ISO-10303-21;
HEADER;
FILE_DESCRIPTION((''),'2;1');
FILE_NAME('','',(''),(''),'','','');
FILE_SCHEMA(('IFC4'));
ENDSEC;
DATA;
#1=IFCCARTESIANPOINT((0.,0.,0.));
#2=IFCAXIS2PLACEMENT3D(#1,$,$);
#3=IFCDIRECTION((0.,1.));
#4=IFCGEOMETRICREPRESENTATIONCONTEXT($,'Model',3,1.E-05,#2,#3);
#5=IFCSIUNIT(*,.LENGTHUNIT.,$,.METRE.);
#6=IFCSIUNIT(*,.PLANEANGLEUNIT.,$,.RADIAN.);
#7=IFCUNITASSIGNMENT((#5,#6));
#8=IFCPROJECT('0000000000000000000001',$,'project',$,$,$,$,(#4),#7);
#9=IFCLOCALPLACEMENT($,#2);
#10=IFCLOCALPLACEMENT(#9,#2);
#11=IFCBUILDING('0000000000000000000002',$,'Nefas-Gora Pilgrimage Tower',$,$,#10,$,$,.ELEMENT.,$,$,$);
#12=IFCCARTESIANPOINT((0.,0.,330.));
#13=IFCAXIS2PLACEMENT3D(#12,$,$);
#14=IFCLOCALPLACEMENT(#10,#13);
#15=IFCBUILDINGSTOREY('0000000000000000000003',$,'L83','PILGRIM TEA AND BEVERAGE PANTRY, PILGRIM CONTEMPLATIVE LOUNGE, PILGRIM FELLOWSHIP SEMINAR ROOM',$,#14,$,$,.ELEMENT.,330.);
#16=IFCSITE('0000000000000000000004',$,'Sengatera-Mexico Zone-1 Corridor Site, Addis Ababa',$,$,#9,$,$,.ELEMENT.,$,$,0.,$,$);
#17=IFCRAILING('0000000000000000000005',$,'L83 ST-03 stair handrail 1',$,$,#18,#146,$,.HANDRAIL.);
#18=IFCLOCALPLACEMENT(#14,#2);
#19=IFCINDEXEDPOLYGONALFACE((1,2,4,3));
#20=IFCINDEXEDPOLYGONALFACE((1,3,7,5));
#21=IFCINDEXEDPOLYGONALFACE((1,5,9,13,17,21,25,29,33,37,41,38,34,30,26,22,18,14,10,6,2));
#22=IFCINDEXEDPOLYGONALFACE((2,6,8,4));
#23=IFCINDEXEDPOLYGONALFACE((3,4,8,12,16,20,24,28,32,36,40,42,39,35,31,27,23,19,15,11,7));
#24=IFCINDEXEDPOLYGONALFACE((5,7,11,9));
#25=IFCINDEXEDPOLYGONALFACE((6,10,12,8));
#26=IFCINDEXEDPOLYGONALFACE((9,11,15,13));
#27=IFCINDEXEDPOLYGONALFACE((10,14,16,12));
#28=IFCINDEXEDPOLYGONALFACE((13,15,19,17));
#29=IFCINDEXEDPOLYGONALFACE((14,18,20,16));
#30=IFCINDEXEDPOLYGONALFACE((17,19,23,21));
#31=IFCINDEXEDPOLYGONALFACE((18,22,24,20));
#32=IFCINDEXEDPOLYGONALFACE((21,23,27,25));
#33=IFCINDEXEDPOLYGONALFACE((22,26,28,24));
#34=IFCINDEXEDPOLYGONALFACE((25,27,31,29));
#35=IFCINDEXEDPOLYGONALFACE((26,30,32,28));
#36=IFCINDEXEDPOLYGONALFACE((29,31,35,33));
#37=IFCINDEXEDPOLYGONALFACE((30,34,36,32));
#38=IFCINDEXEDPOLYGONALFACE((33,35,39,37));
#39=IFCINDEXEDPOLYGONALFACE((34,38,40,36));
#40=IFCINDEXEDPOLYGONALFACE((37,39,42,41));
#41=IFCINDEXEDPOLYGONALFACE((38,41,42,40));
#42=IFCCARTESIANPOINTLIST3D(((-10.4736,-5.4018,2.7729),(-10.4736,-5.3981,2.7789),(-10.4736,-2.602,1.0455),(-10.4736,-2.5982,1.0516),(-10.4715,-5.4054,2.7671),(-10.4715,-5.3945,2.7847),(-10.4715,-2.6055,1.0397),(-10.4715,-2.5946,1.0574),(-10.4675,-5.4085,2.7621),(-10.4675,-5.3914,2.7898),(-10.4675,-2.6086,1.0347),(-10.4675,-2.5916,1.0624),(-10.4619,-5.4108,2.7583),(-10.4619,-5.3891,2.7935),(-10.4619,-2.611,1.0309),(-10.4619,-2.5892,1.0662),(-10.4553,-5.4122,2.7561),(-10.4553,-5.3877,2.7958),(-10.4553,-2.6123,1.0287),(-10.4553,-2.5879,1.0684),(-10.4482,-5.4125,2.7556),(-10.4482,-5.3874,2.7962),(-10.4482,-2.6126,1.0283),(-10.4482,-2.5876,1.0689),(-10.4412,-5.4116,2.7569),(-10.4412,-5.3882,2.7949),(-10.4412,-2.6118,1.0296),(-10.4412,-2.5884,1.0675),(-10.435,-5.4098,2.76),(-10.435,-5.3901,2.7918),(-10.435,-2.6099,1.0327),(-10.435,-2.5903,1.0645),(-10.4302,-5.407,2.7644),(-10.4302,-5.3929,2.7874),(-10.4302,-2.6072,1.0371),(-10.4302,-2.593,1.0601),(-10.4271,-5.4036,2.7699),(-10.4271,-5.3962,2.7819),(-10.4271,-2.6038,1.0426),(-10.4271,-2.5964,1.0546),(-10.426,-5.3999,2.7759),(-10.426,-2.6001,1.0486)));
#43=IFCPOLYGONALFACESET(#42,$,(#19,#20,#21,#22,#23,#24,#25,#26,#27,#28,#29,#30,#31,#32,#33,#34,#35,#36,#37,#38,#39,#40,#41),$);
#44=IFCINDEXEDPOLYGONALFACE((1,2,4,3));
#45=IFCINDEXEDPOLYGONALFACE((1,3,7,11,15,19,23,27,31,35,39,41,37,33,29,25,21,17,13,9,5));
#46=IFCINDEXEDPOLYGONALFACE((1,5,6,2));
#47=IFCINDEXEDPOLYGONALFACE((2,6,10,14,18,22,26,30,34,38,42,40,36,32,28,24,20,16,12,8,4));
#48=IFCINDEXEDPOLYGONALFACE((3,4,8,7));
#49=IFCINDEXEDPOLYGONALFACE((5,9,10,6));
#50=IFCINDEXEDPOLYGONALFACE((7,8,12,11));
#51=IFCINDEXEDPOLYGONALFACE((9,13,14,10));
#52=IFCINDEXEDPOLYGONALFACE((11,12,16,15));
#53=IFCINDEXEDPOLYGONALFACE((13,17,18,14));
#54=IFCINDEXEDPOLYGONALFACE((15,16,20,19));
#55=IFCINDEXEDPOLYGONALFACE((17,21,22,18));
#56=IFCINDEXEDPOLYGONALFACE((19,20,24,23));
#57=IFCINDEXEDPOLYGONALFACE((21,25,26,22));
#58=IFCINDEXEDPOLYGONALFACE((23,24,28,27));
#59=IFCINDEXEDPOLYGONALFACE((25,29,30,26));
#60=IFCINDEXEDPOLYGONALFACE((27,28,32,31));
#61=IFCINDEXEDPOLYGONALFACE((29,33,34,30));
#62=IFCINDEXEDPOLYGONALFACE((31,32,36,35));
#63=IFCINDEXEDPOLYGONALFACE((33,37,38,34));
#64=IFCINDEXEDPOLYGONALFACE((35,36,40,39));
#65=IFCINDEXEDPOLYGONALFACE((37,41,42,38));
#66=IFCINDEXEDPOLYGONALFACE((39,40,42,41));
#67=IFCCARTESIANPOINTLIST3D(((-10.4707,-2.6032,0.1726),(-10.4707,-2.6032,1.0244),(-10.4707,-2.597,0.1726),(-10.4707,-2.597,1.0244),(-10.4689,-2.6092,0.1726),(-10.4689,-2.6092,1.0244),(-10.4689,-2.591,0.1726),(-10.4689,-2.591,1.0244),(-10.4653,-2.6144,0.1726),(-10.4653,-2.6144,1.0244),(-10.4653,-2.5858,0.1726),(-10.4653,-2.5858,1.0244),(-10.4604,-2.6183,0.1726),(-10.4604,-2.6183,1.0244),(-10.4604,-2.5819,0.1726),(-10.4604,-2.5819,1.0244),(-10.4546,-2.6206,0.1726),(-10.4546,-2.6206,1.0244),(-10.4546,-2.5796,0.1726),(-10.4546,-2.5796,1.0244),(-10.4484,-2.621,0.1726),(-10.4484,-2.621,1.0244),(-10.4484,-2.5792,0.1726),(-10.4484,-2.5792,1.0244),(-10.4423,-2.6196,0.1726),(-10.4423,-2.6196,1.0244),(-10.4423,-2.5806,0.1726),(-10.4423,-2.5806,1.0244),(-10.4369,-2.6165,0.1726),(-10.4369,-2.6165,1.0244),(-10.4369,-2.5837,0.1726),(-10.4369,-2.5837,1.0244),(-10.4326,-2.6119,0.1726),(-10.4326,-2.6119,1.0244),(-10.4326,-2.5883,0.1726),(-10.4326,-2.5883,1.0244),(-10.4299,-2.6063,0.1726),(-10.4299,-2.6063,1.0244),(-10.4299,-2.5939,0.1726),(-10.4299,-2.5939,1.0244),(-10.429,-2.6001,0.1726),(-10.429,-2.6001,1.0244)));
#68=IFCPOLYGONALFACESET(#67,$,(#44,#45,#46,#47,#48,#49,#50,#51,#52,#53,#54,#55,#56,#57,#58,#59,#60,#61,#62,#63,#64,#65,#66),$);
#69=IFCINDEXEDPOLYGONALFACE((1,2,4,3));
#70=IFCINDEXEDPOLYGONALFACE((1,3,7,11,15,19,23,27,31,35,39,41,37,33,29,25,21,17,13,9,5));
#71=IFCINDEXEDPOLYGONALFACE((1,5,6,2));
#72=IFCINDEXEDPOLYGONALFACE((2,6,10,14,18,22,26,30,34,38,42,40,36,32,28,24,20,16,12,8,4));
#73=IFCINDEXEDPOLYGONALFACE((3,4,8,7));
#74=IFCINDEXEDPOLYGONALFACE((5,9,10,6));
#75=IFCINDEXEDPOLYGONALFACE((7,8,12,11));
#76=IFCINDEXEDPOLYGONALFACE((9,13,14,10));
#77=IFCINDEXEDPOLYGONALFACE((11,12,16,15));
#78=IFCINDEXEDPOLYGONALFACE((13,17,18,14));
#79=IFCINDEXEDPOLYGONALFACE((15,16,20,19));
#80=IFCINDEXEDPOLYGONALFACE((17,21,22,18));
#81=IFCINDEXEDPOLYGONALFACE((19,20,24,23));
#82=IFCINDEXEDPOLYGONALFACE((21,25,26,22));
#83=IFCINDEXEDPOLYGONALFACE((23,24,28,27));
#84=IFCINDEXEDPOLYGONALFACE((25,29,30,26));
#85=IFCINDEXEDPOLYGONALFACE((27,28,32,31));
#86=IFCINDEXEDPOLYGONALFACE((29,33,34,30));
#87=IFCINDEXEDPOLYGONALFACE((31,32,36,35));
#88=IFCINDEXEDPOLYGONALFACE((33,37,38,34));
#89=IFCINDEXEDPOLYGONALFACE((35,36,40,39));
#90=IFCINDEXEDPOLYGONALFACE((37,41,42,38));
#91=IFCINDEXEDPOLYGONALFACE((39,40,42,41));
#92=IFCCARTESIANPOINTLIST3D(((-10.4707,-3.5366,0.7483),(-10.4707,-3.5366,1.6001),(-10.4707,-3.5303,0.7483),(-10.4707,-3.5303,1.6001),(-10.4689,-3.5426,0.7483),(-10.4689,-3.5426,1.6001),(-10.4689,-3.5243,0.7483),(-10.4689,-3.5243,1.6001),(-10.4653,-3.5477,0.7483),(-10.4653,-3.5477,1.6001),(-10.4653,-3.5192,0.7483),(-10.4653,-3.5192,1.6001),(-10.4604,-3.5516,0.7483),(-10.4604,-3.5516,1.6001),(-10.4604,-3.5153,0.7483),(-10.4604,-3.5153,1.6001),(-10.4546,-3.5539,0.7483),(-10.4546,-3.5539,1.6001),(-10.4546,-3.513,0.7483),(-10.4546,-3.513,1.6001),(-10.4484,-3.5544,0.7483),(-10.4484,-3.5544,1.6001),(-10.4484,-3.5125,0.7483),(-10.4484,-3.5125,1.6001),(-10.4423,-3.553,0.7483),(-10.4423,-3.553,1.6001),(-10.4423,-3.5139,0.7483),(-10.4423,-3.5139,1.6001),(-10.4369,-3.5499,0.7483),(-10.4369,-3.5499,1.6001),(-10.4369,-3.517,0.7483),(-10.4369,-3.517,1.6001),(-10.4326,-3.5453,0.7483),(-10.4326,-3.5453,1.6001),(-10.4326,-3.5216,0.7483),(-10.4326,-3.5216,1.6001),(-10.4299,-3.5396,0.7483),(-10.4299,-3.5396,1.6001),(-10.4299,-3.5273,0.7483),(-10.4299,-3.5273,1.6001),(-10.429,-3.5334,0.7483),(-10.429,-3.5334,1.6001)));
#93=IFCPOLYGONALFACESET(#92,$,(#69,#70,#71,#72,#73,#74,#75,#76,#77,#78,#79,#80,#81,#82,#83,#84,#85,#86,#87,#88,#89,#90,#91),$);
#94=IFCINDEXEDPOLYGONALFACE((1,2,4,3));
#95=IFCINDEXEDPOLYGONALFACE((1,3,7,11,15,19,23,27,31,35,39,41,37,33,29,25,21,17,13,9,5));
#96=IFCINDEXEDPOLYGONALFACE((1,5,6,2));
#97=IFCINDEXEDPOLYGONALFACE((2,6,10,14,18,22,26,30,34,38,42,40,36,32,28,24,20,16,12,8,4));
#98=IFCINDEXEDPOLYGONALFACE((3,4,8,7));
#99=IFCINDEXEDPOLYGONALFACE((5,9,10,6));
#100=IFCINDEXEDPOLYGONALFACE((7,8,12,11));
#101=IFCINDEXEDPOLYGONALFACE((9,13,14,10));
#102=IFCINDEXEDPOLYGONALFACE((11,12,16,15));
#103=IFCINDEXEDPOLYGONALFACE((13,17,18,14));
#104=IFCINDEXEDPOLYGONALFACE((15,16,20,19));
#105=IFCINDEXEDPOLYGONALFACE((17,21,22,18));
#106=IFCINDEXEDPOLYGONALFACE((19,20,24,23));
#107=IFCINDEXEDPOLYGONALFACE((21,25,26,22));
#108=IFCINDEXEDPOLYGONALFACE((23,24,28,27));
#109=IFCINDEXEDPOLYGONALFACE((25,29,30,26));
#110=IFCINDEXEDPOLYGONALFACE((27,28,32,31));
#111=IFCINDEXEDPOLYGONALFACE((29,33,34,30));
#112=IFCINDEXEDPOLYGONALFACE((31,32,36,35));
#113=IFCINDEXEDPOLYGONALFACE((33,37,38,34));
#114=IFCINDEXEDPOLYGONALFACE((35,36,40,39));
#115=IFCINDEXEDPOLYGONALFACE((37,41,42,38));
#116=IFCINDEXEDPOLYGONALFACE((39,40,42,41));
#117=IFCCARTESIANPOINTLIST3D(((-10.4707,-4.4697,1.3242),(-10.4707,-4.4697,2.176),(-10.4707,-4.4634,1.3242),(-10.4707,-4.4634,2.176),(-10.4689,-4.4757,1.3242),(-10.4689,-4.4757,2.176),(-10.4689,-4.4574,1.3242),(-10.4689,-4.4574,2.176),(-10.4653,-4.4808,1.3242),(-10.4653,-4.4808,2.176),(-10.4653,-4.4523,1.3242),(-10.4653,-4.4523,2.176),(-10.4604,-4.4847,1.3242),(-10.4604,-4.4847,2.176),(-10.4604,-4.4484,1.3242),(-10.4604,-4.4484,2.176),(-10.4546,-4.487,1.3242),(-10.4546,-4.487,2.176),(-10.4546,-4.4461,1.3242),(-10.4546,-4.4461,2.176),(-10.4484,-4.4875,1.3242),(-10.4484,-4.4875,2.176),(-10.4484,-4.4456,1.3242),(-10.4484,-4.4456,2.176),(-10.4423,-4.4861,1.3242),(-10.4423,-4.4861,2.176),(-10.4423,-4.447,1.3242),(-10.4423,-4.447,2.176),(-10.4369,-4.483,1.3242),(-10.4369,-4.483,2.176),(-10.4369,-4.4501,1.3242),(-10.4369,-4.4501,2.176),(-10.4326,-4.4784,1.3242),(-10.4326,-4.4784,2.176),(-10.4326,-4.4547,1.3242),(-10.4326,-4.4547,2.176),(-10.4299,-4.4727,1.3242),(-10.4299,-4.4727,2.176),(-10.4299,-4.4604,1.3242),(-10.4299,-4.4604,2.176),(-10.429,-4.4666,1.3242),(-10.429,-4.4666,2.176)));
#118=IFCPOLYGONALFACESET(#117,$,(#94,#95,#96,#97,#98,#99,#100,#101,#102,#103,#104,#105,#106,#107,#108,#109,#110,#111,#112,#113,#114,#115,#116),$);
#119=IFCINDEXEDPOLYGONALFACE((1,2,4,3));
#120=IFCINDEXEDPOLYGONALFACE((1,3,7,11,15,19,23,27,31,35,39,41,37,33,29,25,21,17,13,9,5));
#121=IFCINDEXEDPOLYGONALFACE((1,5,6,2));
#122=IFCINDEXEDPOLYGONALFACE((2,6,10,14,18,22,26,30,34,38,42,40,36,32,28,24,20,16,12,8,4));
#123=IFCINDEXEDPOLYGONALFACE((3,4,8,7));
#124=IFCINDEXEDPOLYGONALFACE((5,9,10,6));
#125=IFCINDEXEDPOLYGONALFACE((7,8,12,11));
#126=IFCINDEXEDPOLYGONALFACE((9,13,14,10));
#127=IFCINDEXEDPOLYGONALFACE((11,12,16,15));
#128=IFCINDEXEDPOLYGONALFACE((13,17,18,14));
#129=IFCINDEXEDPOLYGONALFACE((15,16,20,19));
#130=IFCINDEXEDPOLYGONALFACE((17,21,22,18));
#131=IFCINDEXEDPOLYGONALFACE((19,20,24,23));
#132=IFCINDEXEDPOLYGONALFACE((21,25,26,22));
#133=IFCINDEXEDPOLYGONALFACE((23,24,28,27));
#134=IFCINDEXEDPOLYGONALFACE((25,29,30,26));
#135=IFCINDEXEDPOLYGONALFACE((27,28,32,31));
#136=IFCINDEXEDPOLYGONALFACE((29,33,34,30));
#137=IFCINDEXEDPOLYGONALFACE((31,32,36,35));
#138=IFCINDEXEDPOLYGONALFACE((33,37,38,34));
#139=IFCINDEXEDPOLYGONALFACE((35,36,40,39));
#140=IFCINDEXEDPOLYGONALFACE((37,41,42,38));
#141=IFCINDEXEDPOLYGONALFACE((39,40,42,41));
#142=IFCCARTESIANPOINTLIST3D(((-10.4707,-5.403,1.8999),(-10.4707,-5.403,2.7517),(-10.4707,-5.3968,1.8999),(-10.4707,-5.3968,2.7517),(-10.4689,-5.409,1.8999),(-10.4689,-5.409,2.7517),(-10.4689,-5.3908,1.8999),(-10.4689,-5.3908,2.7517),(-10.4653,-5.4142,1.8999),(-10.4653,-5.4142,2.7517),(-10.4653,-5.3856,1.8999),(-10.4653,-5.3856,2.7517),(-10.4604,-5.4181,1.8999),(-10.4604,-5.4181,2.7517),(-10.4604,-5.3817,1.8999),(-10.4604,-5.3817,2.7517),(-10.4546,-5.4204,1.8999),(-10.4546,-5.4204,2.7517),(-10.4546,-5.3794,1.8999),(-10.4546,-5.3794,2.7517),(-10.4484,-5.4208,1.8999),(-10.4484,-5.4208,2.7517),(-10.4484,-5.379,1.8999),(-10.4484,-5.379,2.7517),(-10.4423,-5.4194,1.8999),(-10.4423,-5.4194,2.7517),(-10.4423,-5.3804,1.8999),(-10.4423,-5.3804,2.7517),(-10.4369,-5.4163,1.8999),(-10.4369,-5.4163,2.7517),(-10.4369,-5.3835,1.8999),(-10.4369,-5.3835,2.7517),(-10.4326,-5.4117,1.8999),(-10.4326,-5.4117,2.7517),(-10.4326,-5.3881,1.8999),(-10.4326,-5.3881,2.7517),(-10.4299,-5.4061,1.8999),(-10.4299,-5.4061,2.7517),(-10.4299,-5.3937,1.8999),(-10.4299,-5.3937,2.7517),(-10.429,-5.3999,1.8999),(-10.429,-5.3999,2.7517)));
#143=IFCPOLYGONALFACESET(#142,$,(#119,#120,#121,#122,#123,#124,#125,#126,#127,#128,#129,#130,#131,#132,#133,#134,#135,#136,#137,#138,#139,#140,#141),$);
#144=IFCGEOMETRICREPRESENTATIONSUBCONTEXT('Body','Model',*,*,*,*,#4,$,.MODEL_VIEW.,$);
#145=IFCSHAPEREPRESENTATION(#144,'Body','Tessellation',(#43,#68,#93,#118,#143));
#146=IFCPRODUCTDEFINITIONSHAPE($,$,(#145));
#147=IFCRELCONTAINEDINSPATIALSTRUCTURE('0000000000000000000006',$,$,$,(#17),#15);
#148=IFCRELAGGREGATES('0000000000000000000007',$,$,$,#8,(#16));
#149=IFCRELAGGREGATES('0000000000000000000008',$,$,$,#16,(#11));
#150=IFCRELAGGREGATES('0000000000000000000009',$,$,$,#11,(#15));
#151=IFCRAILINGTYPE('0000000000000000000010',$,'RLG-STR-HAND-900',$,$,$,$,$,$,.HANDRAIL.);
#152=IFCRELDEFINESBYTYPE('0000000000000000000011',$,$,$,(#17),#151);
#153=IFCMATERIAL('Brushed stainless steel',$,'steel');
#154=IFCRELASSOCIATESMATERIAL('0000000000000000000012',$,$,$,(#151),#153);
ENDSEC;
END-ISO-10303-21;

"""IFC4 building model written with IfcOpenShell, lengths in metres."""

from ifc_helpers import new_model, si_unit, direction, frame, origin, origin_2d, place, context, subcontext, project, spatial, circle, extrude, material, type_object, element, save


model = new_model("IFC4")

# Units and contexts
model_context = context("Model", 3, precision=1e-05, world=origin(), true_north=direction((0.0, 1.0)))
body_context = subcontext(model_context, "Body", "Model", "MODEL_VIEW")
ifc_project = project(units=[si_unit("LENGTHUNIT", "METRE"), si_unit("PLANEANGLEUNIT", "RADIAN")], contexts=[model_context])

# Site, building, storey
site_placement = place(None, origin())
site = spatial("IfcSite", under=ifc_project, at=site_placement, Name="Sengatera-Mexico Zone-1 Corridor Site, Addis Ababa", CompositionType="ELEMENT", RefElevation=0.0)
building_placement = place(site_placement, origin())
building = spatial("IfcBuilding", under=site, at=building_placement, Name="Nefas-Gora Pilgrimage Tower", CompositionType="ELEMENT")
storey_placement = place(building_placement, frame((0.0, 0.0, 330.0)))
storey = spatial("IfcBuildingStorey", under=building, at=storey_placement, Name="L83", Description="PILGRIM TEA AND BEVERAGE PANTRY, PILGRIM CONTEMPLATIVE LOUNGE, PILGRIM FELLOWSHIP SEMINAR ROOM", CompositionType="ELEMENT", Elevation=330.0)

# Railing
ifc_material_1 = material(Name="Brushed stainless steel", Category="steel")
railing_type_1 = type_object("IfcRailingType", Name="RLG-STR-HAND-900", PredefinedType="HANDRAIL", material=ifc_material_1)
railing_1_placement = place(storey_placement, frame((-10.45, -2.6001, 0.1726)))
element("IfcRailing", 1, at=railing_1_placement, inside=storey, type_object=railing_type_1, Name="L83 ST-03 stair handrail 1", PredefinedType="HANDRAIL", context=body_context, shape_type="SweptSolid", body=[
    extrude(circle(Radius=0.0239, at=origin_2d()), frame((0.0, 0.0, 0.876), z_axis=(0.0, -0.851069, 0.525054), x_axis=(1.0, 0.0, 0.0)), (0.0, 0.0, 1.0), 3.2898),
    extrude(circle(Radius=0.021, at=origin_2d()), origin(), (0.0, 0.0, 1.0), 0.8518),
    extrude(circle(Radius=0.021, at=origin_2d()), frame((0.0, -0.9333, 0.5757)), (0.0, 0.0, 1.0), 0.8518),
    extrude(circle(Radius=0.021, at=origin_2d()), frame((0.0, -1.8665, 1.1516)), (0.0, 0.0, 1.0), 0.8518),
    extrude(circle(Radius=0.021, at=origin_2d()), frame((0.0, -2.7998, 1.7273)), (0.0, 0.0, 1.0), 0.8518),
])

save(model, "model.ifc")
